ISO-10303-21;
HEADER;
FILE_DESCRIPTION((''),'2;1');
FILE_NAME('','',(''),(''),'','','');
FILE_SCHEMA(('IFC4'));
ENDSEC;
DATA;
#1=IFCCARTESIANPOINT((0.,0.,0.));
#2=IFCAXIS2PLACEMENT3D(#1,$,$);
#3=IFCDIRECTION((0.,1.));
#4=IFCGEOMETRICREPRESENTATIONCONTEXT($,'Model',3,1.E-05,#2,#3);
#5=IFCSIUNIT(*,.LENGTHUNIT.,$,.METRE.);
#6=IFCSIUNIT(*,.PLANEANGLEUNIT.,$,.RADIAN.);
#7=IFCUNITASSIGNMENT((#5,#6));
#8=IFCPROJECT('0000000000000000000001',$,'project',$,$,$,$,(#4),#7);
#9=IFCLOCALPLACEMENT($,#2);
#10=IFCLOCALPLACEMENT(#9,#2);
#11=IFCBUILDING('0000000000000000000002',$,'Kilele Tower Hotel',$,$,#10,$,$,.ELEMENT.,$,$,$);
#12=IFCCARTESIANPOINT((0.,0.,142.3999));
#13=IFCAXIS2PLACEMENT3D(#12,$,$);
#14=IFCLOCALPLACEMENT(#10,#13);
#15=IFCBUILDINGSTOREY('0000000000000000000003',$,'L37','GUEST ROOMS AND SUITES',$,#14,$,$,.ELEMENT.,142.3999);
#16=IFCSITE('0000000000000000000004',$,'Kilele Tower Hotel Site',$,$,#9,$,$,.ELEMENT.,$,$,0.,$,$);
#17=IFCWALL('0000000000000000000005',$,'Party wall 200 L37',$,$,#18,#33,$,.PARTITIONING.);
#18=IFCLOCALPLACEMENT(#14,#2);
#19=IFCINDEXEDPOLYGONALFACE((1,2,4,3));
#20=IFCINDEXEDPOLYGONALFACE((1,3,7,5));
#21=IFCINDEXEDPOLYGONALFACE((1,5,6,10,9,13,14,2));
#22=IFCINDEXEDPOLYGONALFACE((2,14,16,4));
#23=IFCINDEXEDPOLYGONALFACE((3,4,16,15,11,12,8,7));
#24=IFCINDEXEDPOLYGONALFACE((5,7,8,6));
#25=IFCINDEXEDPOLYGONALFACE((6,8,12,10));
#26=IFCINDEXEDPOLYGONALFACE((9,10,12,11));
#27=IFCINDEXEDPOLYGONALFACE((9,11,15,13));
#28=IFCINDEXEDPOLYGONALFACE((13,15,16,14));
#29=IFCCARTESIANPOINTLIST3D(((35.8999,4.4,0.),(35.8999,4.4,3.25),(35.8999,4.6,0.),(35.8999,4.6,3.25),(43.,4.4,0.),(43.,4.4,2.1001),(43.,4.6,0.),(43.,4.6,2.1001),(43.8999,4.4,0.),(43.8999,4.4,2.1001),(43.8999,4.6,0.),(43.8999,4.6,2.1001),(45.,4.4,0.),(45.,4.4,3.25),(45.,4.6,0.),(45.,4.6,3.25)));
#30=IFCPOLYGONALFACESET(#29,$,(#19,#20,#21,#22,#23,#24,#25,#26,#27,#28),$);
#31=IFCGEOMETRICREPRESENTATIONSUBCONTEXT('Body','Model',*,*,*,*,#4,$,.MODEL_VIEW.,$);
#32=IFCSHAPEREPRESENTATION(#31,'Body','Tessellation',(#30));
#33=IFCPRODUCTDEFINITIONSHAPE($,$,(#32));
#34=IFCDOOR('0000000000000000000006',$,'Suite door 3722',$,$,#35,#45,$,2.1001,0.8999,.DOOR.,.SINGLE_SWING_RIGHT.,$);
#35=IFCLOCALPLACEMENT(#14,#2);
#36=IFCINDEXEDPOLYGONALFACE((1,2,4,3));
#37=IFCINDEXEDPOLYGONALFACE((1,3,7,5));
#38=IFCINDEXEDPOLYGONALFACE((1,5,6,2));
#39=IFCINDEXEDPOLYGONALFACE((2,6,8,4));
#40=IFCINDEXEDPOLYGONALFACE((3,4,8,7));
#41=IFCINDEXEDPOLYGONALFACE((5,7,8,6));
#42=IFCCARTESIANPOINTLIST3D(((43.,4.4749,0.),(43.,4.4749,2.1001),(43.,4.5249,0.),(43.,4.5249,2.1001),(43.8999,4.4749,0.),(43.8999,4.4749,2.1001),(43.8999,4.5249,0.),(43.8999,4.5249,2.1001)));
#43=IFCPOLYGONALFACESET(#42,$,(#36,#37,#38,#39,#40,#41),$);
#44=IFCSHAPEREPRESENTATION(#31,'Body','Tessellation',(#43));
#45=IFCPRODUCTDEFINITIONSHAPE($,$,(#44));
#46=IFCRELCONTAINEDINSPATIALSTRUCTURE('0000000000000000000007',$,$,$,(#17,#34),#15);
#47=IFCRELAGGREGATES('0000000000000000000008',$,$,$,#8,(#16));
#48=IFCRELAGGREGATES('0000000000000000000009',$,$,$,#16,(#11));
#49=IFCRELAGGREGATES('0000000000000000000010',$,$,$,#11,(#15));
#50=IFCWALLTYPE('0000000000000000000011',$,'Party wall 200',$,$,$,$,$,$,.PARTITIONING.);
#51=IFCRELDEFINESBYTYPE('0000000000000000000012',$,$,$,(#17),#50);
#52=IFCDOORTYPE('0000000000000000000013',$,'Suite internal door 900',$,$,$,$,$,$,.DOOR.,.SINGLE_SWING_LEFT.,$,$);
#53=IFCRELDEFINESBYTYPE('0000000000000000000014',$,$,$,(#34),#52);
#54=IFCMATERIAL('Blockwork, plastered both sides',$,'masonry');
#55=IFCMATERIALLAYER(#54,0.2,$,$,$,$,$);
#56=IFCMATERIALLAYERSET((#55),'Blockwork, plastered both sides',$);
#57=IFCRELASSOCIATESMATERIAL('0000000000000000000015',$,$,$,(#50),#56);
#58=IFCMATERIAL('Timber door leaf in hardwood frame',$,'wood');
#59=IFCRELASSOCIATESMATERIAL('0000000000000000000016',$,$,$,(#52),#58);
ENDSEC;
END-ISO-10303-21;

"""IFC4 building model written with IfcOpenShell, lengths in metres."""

from ifc_helpers import new_model, si_unit, direction, frame, frame_2d, origin, place, context, subcontext, project, spatial, rectangle, extrude, material, layer, layer_set, type_object, element, fill, save


model = new_model("IFC4")

# Units and contexts
model_context = context("Model", 3, precision=1e-05, world=origin(), true_north=direction((0.0, 1.0)))
body_context = subcontext(model_context, "Body", "Model", "MODEL_VIEW")
ifc_project = project(units=[si_unit("LENGTHUNIT", "METRE"), si_unit("PLANEANGLEUNIT", "RADIAN")], contexts=[model_context])

# Site, building, storey
site_placement = place(None, origin())
site = spatial("IfcSite", under=ifc_project, at=site_placement, Name="Kilele Tower Hotel Site", CompositionType="ELEMENT", RefElevation=0.0)
building_placement = place(site_placement, origin())
building = spatial("IfcBuilding", under=site, at=building_placement, Name="Kilele Tower Hotel", CompositionType="ELEMENT")
storey_placement = place(building_placement, frame((0.0, 0.0, 142.3999)))
storey = spatial("IfcBuildingStorey", under=building, at=storey_placement, Name="L37", Description="GUEST ROOMS AND SUITES", CompositionType="ELEMENT", Elevation=142.3999)

# Wall, opening, door
ifc_material_1 = material(Name="Blockwork, plastered both sides", Category="masonry")
ifc_layer_1 = layer(ifc_material_1, 0.2)
ifc_layer_set_1 = layer_set([ifc_layer_1], Name="Blockwork, plastered both sides")
wall_type_1 = type_object("IfcWallType", Name="Party wall 200", PredefinedType="PARTITIONING", material=ifc_layer_set_1)
wall_1_placement = place(storey_placement, frame((35.8999, 4.5, 0.0), z_axis=(0.0, 0.0, 1.0), x_axis=(1.0, 0.0, 0.0)))
wall_1 = element("IfcWall", 1, at=wall_1_placement, inside=storey, type_object=wall_type_1, Name="Party wall 200 L37", PredefinedType="PARTITIONING", context=body_context, shape_type="SweptSolid", body=[
    extrude(rectangle(XDim=9.1001, YDim=0.2, at=frame_2d((4.55, 0.0))), origin(), (0.0, 0.0, 1.0), 3.25),
])
opening_1_placement = place(wall_1_placement, frame((7.1001, 0.0, 0.0)))
opening_1 = element("IfcOpeningElement", 2, at=opening_1_placement, cuts=wall_1, PredefinedType="OPENING", context=body_context, shape_type="SweptSolid", body=[
    extrude(rectangle(XDim=0.8999, YDim=2.1001, at=frame_2d((0.45, 1.05))), frame((0.0, 0.1099, 0.0), z_axis=(0.0, -1.0, 0.0), x_axis=(1.0, 0.0, 0.0)), (0.0, 0.0, 1.0), 0.22),
])
ifc_material_2 = material(Name="Timber door leaf in hardwood frame", Category="wood")
door_type_1 = type_object("IfcDoorType", Name="Suite internal door 900", OperationType="SINGLE_SWING_LEFT", PredefinedType="DOOR", material=ifc_material_2)
door_1_placement = place(opening_1_placement, origin())
door_1 = element("IfcDoor", 3, at=door_1_placement, inside=storey, type_object=door_type_1, Name="Suite door 3722", OperationType="SINGLE_SWING_RIGHT", OverallHeight=2.1001, OverallWidth=0.8999, PredefinedType="DOOR", context=body_context, shape_type="SweptSolid", body=[
    extrude(rectangle(XDim=0.8999, YDim=2.1001, at=frame_2d((0.45, 1.05))), frame((0.0, 0.0249, 0.0), z_axis=(0.0, -1.0, 0.0), x_axis=(1.0, 0.0, 0.0)), (0.0, 0.0, 1.0), 0.05),
])
fill(opening_1, door_1)

save(model, "model.ifc")
